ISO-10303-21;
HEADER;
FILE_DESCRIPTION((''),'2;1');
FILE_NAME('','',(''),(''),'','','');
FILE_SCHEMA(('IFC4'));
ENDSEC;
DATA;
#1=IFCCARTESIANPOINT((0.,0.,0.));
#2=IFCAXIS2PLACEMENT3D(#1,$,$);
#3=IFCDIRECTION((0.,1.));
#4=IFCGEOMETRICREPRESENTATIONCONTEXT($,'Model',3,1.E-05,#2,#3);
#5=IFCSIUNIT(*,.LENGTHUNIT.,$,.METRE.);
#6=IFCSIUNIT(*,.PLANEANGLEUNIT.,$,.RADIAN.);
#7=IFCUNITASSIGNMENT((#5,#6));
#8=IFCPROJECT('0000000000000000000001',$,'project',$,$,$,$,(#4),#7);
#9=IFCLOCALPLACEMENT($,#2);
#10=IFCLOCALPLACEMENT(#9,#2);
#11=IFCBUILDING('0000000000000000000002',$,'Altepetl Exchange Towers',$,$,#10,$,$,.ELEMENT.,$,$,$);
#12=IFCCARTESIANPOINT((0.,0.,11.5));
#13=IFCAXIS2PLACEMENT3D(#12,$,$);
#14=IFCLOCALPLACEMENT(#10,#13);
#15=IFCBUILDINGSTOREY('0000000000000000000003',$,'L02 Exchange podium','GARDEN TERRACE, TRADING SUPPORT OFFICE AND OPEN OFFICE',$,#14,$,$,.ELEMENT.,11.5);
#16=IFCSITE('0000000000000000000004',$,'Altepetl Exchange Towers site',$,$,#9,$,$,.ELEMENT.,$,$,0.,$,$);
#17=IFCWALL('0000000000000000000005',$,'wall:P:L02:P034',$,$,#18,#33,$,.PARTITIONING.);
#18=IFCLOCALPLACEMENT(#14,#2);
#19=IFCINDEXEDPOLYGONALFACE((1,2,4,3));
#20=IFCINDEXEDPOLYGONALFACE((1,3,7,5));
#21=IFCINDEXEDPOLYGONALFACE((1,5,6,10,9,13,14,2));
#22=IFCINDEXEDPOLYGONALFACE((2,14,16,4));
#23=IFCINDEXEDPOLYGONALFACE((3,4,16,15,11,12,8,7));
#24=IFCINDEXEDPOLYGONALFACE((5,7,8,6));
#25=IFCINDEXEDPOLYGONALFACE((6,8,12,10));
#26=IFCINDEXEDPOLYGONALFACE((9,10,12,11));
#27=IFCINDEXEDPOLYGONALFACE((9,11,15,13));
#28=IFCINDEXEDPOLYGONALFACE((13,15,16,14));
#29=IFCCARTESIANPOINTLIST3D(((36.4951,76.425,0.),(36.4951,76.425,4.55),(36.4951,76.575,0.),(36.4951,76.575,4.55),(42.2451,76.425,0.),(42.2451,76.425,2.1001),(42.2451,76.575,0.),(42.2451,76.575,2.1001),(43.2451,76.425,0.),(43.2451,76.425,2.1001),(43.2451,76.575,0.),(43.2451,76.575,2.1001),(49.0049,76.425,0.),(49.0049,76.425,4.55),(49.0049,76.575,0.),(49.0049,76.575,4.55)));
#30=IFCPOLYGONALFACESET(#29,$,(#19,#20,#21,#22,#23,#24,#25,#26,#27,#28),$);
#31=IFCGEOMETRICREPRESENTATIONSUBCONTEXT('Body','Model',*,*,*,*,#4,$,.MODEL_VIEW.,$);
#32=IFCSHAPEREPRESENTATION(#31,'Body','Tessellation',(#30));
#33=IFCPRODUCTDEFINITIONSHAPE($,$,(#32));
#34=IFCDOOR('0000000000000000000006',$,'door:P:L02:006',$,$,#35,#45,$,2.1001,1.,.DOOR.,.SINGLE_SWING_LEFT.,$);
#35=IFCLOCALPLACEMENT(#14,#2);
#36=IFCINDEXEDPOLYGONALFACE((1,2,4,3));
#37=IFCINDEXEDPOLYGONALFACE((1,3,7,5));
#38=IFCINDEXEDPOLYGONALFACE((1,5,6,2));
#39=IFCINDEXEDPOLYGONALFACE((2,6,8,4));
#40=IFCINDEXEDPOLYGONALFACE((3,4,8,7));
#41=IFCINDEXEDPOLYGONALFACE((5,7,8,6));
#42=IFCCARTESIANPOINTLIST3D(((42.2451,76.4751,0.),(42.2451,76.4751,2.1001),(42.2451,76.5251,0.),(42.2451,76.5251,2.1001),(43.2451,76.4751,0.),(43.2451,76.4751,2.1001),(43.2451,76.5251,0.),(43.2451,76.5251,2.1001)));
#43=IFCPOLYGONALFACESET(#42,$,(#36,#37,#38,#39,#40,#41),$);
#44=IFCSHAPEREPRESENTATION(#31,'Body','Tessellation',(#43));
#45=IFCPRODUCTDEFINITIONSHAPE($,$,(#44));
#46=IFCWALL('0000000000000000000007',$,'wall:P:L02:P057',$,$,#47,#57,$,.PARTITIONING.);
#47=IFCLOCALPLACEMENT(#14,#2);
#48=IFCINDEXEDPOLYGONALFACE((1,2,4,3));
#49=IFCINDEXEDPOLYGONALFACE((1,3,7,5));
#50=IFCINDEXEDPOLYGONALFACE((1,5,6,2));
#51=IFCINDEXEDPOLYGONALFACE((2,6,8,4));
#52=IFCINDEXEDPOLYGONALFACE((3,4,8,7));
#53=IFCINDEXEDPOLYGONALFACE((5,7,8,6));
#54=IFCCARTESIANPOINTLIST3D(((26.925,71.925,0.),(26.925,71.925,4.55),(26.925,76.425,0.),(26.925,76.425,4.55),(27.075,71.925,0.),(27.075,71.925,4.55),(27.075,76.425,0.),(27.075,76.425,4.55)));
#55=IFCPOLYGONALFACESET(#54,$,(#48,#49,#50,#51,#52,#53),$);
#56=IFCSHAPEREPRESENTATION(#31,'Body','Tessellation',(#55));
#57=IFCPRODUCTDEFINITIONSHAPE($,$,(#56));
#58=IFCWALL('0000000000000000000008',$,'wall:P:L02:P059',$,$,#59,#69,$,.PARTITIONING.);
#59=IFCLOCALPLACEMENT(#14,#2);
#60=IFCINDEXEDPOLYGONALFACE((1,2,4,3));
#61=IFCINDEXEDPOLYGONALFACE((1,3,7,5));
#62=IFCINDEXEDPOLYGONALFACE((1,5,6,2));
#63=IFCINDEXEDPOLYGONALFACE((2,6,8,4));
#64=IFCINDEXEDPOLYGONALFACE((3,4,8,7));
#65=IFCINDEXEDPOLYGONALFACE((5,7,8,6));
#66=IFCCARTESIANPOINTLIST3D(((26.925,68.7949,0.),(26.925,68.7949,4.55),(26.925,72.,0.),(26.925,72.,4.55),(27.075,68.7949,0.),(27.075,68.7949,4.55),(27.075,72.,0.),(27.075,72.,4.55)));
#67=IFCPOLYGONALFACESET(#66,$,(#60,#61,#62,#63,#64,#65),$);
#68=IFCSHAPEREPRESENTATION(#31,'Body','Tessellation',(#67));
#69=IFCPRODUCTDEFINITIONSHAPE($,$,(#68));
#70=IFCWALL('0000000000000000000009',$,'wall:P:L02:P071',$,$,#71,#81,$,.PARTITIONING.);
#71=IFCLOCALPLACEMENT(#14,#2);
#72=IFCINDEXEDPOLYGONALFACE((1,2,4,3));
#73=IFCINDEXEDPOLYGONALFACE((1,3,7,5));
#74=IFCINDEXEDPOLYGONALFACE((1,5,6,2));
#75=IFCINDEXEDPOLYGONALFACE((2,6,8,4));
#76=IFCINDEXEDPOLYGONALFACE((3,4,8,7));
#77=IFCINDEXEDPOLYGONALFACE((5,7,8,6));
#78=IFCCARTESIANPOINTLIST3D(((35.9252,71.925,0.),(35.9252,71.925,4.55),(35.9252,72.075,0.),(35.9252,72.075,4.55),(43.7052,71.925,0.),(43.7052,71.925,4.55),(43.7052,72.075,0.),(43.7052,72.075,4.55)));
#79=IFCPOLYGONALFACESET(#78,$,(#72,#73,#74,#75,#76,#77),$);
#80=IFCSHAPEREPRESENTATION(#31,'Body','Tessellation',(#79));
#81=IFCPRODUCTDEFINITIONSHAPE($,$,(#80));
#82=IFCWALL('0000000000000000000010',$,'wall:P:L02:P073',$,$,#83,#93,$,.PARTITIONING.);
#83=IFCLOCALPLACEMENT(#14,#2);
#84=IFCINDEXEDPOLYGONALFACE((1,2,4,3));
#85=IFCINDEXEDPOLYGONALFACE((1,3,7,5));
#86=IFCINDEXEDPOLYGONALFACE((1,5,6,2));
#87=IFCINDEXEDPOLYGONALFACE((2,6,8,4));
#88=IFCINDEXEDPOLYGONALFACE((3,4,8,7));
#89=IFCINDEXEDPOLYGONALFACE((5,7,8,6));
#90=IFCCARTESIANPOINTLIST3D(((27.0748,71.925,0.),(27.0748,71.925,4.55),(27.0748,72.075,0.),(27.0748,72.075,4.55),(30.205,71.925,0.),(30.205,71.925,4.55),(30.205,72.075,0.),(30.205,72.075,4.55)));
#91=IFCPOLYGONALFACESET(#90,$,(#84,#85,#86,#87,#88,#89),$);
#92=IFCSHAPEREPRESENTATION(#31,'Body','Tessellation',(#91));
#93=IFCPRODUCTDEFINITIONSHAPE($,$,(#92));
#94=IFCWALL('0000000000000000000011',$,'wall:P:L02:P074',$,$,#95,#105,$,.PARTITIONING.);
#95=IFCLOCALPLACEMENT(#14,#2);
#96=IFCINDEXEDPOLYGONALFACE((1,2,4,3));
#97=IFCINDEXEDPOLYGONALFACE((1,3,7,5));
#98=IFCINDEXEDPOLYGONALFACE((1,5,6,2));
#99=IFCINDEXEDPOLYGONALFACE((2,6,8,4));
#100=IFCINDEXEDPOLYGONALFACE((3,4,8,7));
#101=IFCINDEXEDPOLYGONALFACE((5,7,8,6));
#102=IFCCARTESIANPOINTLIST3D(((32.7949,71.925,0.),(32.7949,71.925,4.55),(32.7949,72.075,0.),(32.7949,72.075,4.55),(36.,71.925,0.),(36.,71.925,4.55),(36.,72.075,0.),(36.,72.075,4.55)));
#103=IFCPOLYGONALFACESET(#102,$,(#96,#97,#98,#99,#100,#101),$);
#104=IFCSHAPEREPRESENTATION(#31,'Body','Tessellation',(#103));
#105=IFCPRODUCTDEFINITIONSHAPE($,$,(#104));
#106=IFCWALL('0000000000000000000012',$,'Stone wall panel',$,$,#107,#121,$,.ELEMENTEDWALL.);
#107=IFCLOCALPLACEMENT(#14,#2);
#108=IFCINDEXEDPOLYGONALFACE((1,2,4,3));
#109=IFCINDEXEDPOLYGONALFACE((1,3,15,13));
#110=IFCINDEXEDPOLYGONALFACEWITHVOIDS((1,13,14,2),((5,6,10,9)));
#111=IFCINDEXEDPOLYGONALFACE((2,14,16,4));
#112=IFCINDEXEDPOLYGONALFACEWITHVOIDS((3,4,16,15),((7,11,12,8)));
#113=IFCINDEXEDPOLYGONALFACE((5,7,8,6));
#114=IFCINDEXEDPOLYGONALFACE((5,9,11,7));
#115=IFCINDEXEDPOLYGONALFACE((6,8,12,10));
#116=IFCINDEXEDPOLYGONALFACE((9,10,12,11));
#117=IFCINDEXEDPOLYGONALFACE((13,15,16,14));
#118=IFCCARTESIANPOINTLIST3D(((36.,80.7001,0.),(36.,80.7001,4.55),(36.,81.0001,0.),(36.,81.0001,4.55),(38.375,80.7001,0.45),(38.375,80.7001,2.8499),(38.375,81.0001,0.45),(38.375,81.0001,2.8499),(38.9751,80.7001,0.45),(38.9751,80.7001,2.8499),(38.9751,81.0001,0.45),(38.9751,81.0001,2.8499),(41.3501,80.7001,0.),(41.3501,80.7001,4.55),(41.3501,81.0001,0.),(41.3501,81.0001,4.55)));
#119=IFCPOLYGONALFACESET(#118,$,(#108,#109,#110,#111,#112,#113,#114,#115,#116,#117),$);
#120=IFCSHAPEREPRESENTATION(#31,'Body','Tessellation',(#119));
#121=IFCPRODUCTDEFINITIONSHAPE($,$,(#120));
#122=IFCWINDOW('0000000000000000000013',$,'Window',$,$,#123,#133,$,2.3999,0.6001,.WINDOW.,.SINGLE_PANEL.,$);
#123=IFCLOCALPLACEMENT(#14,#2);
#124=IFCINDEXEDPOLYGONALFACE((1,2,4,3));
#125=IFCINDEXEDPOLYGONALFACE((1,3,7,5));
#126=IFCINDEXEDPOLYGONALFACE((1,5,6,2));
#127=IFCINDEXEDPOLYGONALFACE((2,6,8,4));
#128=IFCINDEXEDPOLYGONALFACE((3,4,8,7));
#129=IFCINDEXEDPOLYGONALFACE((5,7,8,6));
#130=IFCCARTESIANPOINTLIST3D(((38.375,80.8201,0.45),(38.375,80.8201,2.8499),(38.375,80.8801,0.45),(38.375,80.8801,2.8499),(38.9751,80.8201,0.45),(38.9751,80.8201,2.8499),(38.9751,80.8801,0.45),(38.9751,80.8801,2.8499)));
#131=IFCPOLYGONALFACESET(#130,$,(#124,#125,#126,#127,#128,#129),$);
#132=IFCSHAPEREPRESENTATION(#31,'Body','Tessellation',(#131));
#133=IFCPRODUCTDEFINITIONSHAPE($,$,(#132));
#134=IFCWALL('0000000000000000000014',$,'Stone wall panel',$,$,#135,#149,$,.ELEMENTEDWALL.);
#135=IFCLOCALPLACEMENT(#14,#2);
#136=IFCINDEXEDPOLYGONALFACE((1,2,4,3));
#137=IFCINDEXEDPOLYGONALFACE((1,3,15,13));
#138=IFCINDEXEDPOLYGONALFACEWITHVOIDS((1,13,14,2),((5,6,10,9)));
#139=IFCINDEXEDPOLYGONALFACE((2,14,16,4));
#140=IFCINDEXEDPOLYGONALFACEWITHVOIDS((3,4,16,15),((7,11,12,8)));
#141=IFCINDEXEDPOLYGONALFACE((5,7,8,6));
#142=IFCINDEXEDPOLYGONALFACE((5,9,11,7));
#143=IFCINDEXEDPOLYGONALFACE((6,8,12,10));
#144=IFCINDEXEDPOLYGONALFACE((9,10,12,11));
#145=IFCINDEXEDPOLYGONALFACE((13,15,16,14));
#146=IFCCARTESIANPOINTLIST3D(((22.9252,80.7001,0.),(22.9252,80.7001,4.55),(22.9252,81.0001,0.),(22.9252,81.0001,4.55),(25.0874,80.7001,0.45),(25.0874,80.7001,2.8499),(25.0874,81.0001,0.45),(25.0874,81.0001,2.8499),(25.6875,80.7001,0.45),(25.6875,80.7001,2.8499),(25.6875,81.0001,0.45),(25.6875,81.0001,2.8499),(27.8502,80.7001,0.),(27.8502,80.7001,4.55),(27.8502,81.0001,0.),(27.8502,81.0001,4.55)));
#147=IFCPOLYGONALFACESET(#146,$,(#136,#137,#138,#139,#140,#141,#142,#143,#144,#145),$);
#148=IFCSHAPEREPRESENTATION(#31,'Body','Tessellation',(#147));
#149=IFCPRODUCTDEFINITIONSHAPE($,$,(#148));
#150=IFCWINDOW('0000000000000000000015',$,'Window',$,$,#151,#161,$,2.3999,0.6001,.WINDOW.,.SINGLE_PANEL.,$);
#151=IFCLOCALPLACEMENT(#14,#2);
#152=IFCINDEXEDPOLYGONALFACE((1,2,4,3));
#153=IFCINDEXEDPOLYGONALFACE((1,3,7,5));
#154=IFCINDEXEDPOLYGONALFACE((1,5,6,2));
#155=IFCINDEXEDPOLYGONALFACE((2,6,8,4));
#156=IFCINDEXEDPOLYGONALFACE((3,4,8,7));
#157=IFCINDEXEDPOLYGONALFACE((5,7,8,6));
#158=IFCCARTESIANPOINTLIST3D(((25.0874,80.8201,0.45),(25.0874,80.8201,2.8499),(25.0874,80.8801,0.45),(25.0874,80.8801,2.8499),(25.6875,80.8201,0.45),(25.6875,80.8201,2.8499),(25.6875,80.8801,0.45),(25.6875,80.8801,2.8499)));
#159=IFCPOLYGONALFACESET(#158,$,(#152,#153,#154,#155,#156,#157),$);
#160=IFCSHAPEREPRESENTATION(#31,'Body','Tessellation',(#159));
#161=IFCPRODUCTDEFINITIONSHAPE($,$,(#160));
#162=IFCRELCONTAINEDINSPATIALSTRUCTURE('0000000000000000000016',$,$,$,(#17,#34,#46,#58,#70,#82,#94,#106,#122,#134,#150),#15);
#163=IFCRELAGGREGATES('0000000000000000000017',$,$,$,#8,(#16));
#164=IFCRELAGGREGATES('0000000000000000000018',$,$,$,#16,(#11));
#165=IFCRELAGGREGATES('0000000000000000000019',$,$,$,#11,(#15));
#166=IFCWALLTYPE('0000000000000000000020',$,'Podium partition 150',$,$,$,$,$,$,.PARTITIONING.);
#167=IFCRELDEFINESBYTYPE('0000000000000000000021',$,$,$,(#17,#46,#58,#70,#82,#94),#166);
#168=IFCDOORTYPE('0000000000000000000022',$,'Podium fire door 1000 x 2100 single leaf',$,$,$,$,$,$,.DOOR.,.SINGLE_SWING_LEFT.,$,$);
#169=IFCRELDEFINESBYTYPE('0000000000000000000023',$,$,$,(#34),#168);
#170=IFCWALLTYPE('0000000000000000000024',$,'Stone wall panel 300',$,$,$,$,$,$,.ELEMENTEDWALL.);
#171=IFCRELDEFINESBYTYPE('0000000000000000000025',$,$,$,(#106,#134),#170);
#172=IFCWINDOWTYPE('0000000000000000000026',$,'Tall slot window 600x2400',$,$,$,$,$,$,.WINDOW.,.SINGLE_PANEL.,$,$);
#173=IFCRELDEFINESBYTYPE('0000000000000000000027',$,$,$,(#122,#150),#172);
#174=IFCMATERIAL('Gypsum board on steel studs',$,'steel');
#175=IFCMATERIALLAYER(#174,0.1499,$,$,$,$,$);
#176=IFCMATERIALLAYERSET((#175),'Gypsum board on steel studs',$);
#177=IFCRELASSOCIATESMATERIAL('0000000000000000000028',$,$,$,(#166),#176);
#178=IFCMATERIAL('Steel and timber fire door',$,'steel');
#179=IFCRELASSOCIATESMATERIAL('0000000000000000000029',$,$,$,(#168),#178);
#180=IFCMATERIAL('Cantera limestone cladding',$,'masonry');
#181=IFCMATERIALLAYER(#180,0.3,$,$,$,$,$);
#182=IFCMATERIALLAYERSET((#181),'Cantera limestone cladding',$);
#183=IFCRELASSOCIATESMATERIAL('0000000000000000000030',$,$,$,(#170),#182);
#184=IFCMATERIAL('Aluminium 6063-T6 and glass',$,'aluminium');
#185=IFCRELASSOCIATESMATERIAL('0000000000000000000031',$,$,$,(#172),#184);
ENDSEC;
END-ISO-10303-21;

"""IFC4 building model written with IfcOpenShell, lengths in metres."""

from ifc_helpers import new_model, si_unit, direction, frame, frame_2d, origin, place, context, subcontext, project, spatial, rectangle, extrude, material, layer, layer_set, type_object, element, fill, save


model = new_model("IFC4")

# Units and contexts
model_context = context("Model", 3, precision=1e-05, world=origin(), true_north=direction((0.0, 1.0)))
body_context = subcontext(model_context, "Body", "Model", "MODEL_VIEW")
ifc_project = project(units=[si_unit("LENGTHUNIT", "METRE"), si_unit("PLANEANGLEUNIT", "RADIAN")], contexts=[model_context])

# Site, building, storey
site_placement = place(None, origin())
site = spatial("IfcSite", under=ifc_project, at=site_placement, Name="Altepetl Exchange Towers site", CompositionType="ELEMENT", RefElevation=0.0)
building_placement = place(site_placement, origin())
building = spatial("IfcBuilding", under=site, at=building_placement, Name="Altepetl Exchange Towers", CompositionType="ELEMENT")
storey_placement = place(building_placement, frame((0.0, 0.0, 11.5)))
storey = spatial("IfcBuildingStorey", under=building, at=storey_placement, Name="L02 Exchange podium", Description="GARDEN TERRACE, TRADING SUPPORT OFFICE AND OPEN OFFICE", CompositionType="ELEMENT", Elevation=11.5)

# Shared definitions
ifc_material_1 = material(Name="Aluminium 6063-T6 and glass", Category="aluminium")

# Shared definitions
ifc_material_2 = material(Name="Gypsum board on steel studs", Category="steel")
ifc_layer_1 = layer(ifc_material_2, 0.1499)
ifc_layer_set_1 = layer_set([ifc_layer_1], Name="Gypsum board on steel studs")
wall_type_1 = type_object("IfcWallType", Name="Podium partition 150", PredefinedType="PARTITIONING", material=ifc_layer_set_1)

# Wall, opening, door
wall_1_placement = place(storey_placement, frame((36.4951, 76.5, 0.0)))
wall_1 = element("IfcWall", 1, at=wall_1_placement, inside=storey, type_object=wall_type_1, Name="wall:P:L02:P034", PredefinedType="PARTITIONING", context=body_context, shape_type="SweptSolid", body=[
    extrude(rectangle(XDim=12.5098, YDim=0.1499, at=frame_2d((6.2549, 0.0))), origin(), (0.0, 0.0, 1.0), 4.55),
])
opening_1_placement = place(wall_1_placement, frame((5.75, 0.0, 0.0)))
opening_1 = element("IfcOpeningElement", 2, at=opening_1_placement, cuts=wall_1, PredefinedType="OPENING", context=body_context, shape_type="SweptSolid", body=[
    extrude(rectangle(XDim=1.0, YDim=2.1001, at=frame_2d((0.5, 1.05))), frame((0.0, 0.085, 0.0), z_axis=(0.0, -1.0, 0.0), x_axis=(1.0, 0.0, 0.0)), (0.0, 0.0, 1.0), 0.1699),
])
ifc_material_3 = material(Name="Steel and timber fire door", Category="steel")
door_type_1 = type_object("IfcDoorType", Name="Podium fire door 1000 x 2100 single leaf", OperationType="SINGLE_SWING_LEFT", PredefinedType="DOOR", material=ifc_material_3)
door_1_placement = place(opening_1_placement, frame((1.0, 0.0, 0.0), x_axis=(-1.0, 0.0, 0.0)))
door_1 = element("IfcDoor", 3, at=door_1_placement, inside=storey, type_object=door_type_1, Name="door:P:L02:006", OperationType="SINGLE_SWING_LEFT", OverallHeight=2.1001, OverallWidth=1.0, PredefinedType="DOOR", context=body_context, shape_type="SweptSolid", body=[
    extrude(rectangle(XDim=1.0, YDim=2.1001, at=frame_2d((0.5, 1.05))), frame((0.0, 0.0249, 0.0), z_axis=(0.0, -1.0, 0.0), x_axis=(1.0, 0.0, 0.0)), (0.0, 0.0, 1.0), 0.05),
])
fill(opening_1, door_1)

# Walls
wall_2_placement = place(storey_placement, frame((27.0, 71.925, 0.0), z_axis=(0.0, 0.0, 1.0), x_axis=(0.0, 1.0, 0.0)))
element("IfcWall", 4, at=wall_2_placement, inside=storey, type_object=wall_type_1, Name="wall:P:L02:P057", PredefinedType="PARTITIONING", context=body_context, shape_type="SweptSolid", body=[
    extrude(rectangle(XDim=4.5, YDim=0.1499, at=frame_2d((2.25, 0.0))), origin(), (0.0, 0.0, 1.0), 4.55),
])
wall_3_placement = place(storey_placement, frame((27.0, 68.7949, 0.0), z_axis=(0.0, 0.0, 1.0), x_axis=(0.0, 1.0, 0.0)))
element("IfcWall", 5, at=wall_3_placement, inside=storey, type_object=wall_type_1, Name="wall:P:L02:P059", PredefinedType="PARTITIONING", context=body_context, shape_type="SweptSolid", body=[
    extrude(rectangle(XDim=3.2051, YDim=0.1499, at=frame_2d((1.6025, 0.0))), origin(), (0.0, 0.0, 1.0), 4.55),
])
wall_4_placement = place(storey_placement, frame((35.925, 72.0, 0.0)))
element("IfcWall", 6, at=wall_4_placement, inside=storey, type_object=wall_type_1, Name="wall:P:L02:P071", PredefinedType="PARTITIONING", context=body_context, shape_type="SweptSolid", body=[
    extrude(rectangle(XDim=7.78, YDim=0.1499, at=frame_2d((3.8901, 0.0))), origin(), (0.0, 0.0, 1.0), 4.55),
])
wall_5_placement = place(storey_placement, frame((27.075, 72.0, 0.0)))
element("IfcWall", 7, at=wall_5_placement, inside=storey, type_object=wall_type_1, Name="wall:P:L02:P073", PredefinedType="PARTITIONING", context=body_context, shape_type="SweptSolid", body=[
    extrude(rectangle(XDim=3.1301, YDim=0.1499, at=frame_2d((1.5649, 0.0))), origin(), (0.0, 0.0, 1.0), 4.55),
])
wall_6_placement = place(storey_placement, frame((32.7949, 72.0, 0.0)))
element("IfcWall", 8, at=wall_6_placement, inside=storey, type_object=wall_type_1, Name="wall:P:L02:P074", PredefinedType="PARTITIONING", context=body_context, shape_type="SweptSolid", body=[
    extrude(rectangle(XDim=3.2051, YDim=0.1499, at=frame_2d((1.6025, 0.0))), origin(), (0.0, 0.0, 1.0), 4.55),
])

# Walls, openings, windows
ifc_material_4 = material(Name="Cantera limestone cladding", Category="masonry")
ifc_layer_2 = layer(ifc_material_4, 0.3)
ifc_layer_set_2 = layer_set([ifc_layer_2], Name="Cantera limestone cladding")
wall_type_2 = type_object("IfcWallType", Name="Stone wall panel 300", PredefinedType="ELEMENTEDWALL", material=ifc_layer_set_2)
wall_7_placement = place(storey_placement, frame((41.3501, 80.8501, 0.0), z_axis=(0.0, 0.0, 1.0), x_axis=(-1.0, 0.0, 0.0)))
wall_7 = element("IfcWall", 9, at=wall_7_placement, inside=storey, type_object=wall_type_2, Name="Stone wall panel", PredefinedType="ELEMENTEDWALL", context=body_context, shape_type="SweptSolid", body=[
    extrude(rectangle(XDim=5.3501, YDim=0.3, at=frame_2d((2.675, 0.0))), origin(), (0.0, 0.0, 1.0), 4.55),
])
opening_2_placement = place(wall_7_placement, frame((2.375, 0.0, 0.45)))
opening_2 = element("IfcOpeningElement", 10, at=opening_2_placement, cuts=wall_7, PredefinedType="OPENING", context=body_context, shape_type="SweptSolid", body=[
    extrude(rectangle(XDim=0.6001, YDim=2.3999, at=frame_2d((0.3, 1.2))), frame((0.0, 0.1602, 0.0), z_axis=(0.0, -1.0, 0.0), x_axis=(1.0, 0.0, 0.0)), (0.0, 0.0, 1.0), 0.3201),
])
window_type = type_object("IfcWindowType", Name="Tall slot window 600x2400", PartitioningType="SINGLE_PANEL", PredefinedType="WINDOW", material=ifc_material_1)
window_1_placement = place(opening_2_placement, origin())
window_1 = element("IfcWindow", 11, at=window_1_placement, inside=storey, type_object=window_type, Name="Window", OverallHeight=2.3999, OverallWidth=0.6001, PartitioningType="SINGLE_PANEL", PredefinedType="WINDOW", context=body_context, shape_type="SweptSolid", body=[
    extrude(rectangle(XDim=0.6001, YDim=2.3999, at=frame_2d((0.3, 1.2))), frame((0.0, 0.03, 0.0), z_axis=(0.0, -1.0, 0.0), x_axis=(1.0, 0.0, 0.0)), (0.0, 0.0, 1.0), 0.0601),
])
fill(opening_2, window_1)
wall_8_placement = place(storey_placement, frame((27.8501, 80.8501, 0.0), z_axis=(0.0, 0.0, 1.0), x_axis=(-1.0, 0.0, 0.0)))
wall_8 = element("IfcWall", 12, at=wall_8_placement, inside=storey, type_object=wall_type_2, Name="Stone wall panel", PredefinedType="ELEMENTEDWALL", context=body_context, shape_type="SweptSolid", body=[
    extrude(rectangle(XDim=4.925, YDim=0.3, at=frame_2d((2.4624, 0.0))), origin(), (0.0, 0.0, 1.0), 4.55),
])
opening_3_placement = place(wall_8_placement, frame((2.1626, 0.0, 0.45)))
opening_3 = element("IfcOpeningElement", 13, at=opening_3_placement, cuts=wall_8, PredefinedType="OPENING", context=body_context, shape_type="SweptSolid", body=[
    extrude(rectangle(XDim=0.6001, YDim=2.3999, at=frame_2d((0.3, 1.2))), frame((0.0, 0.1602, 0.0), z_axis=(0.0, -1.0, 0.0), x_axis=(1.0, 0.0, 0.0)), (0.0, 0.0, 1.0), 0.3201),
])
window_2_placement = place(opening_3_placement, origin())
window_2 = element("IfcWindow", 14, at=window_2_placement, inside=storey, type_object=window_type, Name="Window", OverallHeight=2.3999, OverallWidth=0.6001, PartitioningType="SINGLE_PANEL", PredefinedType="WINDOW", context=body_context, shape_type="SweptSolid", body=[
    extrude(rectangle(XDim=0.6001, YDim=2.3999, at=frame_2d((0.3, 1.2))), frame((0.0, 0.03, 0.0), z_axis=(0.0, -1.0, 0.0), x_axis=(1.0, 0.0, 0.0)), (0.0, 0.0, 1.0), 0.0601),
])
fill(opening_3, window_2)

save(model, "model.ifc")
